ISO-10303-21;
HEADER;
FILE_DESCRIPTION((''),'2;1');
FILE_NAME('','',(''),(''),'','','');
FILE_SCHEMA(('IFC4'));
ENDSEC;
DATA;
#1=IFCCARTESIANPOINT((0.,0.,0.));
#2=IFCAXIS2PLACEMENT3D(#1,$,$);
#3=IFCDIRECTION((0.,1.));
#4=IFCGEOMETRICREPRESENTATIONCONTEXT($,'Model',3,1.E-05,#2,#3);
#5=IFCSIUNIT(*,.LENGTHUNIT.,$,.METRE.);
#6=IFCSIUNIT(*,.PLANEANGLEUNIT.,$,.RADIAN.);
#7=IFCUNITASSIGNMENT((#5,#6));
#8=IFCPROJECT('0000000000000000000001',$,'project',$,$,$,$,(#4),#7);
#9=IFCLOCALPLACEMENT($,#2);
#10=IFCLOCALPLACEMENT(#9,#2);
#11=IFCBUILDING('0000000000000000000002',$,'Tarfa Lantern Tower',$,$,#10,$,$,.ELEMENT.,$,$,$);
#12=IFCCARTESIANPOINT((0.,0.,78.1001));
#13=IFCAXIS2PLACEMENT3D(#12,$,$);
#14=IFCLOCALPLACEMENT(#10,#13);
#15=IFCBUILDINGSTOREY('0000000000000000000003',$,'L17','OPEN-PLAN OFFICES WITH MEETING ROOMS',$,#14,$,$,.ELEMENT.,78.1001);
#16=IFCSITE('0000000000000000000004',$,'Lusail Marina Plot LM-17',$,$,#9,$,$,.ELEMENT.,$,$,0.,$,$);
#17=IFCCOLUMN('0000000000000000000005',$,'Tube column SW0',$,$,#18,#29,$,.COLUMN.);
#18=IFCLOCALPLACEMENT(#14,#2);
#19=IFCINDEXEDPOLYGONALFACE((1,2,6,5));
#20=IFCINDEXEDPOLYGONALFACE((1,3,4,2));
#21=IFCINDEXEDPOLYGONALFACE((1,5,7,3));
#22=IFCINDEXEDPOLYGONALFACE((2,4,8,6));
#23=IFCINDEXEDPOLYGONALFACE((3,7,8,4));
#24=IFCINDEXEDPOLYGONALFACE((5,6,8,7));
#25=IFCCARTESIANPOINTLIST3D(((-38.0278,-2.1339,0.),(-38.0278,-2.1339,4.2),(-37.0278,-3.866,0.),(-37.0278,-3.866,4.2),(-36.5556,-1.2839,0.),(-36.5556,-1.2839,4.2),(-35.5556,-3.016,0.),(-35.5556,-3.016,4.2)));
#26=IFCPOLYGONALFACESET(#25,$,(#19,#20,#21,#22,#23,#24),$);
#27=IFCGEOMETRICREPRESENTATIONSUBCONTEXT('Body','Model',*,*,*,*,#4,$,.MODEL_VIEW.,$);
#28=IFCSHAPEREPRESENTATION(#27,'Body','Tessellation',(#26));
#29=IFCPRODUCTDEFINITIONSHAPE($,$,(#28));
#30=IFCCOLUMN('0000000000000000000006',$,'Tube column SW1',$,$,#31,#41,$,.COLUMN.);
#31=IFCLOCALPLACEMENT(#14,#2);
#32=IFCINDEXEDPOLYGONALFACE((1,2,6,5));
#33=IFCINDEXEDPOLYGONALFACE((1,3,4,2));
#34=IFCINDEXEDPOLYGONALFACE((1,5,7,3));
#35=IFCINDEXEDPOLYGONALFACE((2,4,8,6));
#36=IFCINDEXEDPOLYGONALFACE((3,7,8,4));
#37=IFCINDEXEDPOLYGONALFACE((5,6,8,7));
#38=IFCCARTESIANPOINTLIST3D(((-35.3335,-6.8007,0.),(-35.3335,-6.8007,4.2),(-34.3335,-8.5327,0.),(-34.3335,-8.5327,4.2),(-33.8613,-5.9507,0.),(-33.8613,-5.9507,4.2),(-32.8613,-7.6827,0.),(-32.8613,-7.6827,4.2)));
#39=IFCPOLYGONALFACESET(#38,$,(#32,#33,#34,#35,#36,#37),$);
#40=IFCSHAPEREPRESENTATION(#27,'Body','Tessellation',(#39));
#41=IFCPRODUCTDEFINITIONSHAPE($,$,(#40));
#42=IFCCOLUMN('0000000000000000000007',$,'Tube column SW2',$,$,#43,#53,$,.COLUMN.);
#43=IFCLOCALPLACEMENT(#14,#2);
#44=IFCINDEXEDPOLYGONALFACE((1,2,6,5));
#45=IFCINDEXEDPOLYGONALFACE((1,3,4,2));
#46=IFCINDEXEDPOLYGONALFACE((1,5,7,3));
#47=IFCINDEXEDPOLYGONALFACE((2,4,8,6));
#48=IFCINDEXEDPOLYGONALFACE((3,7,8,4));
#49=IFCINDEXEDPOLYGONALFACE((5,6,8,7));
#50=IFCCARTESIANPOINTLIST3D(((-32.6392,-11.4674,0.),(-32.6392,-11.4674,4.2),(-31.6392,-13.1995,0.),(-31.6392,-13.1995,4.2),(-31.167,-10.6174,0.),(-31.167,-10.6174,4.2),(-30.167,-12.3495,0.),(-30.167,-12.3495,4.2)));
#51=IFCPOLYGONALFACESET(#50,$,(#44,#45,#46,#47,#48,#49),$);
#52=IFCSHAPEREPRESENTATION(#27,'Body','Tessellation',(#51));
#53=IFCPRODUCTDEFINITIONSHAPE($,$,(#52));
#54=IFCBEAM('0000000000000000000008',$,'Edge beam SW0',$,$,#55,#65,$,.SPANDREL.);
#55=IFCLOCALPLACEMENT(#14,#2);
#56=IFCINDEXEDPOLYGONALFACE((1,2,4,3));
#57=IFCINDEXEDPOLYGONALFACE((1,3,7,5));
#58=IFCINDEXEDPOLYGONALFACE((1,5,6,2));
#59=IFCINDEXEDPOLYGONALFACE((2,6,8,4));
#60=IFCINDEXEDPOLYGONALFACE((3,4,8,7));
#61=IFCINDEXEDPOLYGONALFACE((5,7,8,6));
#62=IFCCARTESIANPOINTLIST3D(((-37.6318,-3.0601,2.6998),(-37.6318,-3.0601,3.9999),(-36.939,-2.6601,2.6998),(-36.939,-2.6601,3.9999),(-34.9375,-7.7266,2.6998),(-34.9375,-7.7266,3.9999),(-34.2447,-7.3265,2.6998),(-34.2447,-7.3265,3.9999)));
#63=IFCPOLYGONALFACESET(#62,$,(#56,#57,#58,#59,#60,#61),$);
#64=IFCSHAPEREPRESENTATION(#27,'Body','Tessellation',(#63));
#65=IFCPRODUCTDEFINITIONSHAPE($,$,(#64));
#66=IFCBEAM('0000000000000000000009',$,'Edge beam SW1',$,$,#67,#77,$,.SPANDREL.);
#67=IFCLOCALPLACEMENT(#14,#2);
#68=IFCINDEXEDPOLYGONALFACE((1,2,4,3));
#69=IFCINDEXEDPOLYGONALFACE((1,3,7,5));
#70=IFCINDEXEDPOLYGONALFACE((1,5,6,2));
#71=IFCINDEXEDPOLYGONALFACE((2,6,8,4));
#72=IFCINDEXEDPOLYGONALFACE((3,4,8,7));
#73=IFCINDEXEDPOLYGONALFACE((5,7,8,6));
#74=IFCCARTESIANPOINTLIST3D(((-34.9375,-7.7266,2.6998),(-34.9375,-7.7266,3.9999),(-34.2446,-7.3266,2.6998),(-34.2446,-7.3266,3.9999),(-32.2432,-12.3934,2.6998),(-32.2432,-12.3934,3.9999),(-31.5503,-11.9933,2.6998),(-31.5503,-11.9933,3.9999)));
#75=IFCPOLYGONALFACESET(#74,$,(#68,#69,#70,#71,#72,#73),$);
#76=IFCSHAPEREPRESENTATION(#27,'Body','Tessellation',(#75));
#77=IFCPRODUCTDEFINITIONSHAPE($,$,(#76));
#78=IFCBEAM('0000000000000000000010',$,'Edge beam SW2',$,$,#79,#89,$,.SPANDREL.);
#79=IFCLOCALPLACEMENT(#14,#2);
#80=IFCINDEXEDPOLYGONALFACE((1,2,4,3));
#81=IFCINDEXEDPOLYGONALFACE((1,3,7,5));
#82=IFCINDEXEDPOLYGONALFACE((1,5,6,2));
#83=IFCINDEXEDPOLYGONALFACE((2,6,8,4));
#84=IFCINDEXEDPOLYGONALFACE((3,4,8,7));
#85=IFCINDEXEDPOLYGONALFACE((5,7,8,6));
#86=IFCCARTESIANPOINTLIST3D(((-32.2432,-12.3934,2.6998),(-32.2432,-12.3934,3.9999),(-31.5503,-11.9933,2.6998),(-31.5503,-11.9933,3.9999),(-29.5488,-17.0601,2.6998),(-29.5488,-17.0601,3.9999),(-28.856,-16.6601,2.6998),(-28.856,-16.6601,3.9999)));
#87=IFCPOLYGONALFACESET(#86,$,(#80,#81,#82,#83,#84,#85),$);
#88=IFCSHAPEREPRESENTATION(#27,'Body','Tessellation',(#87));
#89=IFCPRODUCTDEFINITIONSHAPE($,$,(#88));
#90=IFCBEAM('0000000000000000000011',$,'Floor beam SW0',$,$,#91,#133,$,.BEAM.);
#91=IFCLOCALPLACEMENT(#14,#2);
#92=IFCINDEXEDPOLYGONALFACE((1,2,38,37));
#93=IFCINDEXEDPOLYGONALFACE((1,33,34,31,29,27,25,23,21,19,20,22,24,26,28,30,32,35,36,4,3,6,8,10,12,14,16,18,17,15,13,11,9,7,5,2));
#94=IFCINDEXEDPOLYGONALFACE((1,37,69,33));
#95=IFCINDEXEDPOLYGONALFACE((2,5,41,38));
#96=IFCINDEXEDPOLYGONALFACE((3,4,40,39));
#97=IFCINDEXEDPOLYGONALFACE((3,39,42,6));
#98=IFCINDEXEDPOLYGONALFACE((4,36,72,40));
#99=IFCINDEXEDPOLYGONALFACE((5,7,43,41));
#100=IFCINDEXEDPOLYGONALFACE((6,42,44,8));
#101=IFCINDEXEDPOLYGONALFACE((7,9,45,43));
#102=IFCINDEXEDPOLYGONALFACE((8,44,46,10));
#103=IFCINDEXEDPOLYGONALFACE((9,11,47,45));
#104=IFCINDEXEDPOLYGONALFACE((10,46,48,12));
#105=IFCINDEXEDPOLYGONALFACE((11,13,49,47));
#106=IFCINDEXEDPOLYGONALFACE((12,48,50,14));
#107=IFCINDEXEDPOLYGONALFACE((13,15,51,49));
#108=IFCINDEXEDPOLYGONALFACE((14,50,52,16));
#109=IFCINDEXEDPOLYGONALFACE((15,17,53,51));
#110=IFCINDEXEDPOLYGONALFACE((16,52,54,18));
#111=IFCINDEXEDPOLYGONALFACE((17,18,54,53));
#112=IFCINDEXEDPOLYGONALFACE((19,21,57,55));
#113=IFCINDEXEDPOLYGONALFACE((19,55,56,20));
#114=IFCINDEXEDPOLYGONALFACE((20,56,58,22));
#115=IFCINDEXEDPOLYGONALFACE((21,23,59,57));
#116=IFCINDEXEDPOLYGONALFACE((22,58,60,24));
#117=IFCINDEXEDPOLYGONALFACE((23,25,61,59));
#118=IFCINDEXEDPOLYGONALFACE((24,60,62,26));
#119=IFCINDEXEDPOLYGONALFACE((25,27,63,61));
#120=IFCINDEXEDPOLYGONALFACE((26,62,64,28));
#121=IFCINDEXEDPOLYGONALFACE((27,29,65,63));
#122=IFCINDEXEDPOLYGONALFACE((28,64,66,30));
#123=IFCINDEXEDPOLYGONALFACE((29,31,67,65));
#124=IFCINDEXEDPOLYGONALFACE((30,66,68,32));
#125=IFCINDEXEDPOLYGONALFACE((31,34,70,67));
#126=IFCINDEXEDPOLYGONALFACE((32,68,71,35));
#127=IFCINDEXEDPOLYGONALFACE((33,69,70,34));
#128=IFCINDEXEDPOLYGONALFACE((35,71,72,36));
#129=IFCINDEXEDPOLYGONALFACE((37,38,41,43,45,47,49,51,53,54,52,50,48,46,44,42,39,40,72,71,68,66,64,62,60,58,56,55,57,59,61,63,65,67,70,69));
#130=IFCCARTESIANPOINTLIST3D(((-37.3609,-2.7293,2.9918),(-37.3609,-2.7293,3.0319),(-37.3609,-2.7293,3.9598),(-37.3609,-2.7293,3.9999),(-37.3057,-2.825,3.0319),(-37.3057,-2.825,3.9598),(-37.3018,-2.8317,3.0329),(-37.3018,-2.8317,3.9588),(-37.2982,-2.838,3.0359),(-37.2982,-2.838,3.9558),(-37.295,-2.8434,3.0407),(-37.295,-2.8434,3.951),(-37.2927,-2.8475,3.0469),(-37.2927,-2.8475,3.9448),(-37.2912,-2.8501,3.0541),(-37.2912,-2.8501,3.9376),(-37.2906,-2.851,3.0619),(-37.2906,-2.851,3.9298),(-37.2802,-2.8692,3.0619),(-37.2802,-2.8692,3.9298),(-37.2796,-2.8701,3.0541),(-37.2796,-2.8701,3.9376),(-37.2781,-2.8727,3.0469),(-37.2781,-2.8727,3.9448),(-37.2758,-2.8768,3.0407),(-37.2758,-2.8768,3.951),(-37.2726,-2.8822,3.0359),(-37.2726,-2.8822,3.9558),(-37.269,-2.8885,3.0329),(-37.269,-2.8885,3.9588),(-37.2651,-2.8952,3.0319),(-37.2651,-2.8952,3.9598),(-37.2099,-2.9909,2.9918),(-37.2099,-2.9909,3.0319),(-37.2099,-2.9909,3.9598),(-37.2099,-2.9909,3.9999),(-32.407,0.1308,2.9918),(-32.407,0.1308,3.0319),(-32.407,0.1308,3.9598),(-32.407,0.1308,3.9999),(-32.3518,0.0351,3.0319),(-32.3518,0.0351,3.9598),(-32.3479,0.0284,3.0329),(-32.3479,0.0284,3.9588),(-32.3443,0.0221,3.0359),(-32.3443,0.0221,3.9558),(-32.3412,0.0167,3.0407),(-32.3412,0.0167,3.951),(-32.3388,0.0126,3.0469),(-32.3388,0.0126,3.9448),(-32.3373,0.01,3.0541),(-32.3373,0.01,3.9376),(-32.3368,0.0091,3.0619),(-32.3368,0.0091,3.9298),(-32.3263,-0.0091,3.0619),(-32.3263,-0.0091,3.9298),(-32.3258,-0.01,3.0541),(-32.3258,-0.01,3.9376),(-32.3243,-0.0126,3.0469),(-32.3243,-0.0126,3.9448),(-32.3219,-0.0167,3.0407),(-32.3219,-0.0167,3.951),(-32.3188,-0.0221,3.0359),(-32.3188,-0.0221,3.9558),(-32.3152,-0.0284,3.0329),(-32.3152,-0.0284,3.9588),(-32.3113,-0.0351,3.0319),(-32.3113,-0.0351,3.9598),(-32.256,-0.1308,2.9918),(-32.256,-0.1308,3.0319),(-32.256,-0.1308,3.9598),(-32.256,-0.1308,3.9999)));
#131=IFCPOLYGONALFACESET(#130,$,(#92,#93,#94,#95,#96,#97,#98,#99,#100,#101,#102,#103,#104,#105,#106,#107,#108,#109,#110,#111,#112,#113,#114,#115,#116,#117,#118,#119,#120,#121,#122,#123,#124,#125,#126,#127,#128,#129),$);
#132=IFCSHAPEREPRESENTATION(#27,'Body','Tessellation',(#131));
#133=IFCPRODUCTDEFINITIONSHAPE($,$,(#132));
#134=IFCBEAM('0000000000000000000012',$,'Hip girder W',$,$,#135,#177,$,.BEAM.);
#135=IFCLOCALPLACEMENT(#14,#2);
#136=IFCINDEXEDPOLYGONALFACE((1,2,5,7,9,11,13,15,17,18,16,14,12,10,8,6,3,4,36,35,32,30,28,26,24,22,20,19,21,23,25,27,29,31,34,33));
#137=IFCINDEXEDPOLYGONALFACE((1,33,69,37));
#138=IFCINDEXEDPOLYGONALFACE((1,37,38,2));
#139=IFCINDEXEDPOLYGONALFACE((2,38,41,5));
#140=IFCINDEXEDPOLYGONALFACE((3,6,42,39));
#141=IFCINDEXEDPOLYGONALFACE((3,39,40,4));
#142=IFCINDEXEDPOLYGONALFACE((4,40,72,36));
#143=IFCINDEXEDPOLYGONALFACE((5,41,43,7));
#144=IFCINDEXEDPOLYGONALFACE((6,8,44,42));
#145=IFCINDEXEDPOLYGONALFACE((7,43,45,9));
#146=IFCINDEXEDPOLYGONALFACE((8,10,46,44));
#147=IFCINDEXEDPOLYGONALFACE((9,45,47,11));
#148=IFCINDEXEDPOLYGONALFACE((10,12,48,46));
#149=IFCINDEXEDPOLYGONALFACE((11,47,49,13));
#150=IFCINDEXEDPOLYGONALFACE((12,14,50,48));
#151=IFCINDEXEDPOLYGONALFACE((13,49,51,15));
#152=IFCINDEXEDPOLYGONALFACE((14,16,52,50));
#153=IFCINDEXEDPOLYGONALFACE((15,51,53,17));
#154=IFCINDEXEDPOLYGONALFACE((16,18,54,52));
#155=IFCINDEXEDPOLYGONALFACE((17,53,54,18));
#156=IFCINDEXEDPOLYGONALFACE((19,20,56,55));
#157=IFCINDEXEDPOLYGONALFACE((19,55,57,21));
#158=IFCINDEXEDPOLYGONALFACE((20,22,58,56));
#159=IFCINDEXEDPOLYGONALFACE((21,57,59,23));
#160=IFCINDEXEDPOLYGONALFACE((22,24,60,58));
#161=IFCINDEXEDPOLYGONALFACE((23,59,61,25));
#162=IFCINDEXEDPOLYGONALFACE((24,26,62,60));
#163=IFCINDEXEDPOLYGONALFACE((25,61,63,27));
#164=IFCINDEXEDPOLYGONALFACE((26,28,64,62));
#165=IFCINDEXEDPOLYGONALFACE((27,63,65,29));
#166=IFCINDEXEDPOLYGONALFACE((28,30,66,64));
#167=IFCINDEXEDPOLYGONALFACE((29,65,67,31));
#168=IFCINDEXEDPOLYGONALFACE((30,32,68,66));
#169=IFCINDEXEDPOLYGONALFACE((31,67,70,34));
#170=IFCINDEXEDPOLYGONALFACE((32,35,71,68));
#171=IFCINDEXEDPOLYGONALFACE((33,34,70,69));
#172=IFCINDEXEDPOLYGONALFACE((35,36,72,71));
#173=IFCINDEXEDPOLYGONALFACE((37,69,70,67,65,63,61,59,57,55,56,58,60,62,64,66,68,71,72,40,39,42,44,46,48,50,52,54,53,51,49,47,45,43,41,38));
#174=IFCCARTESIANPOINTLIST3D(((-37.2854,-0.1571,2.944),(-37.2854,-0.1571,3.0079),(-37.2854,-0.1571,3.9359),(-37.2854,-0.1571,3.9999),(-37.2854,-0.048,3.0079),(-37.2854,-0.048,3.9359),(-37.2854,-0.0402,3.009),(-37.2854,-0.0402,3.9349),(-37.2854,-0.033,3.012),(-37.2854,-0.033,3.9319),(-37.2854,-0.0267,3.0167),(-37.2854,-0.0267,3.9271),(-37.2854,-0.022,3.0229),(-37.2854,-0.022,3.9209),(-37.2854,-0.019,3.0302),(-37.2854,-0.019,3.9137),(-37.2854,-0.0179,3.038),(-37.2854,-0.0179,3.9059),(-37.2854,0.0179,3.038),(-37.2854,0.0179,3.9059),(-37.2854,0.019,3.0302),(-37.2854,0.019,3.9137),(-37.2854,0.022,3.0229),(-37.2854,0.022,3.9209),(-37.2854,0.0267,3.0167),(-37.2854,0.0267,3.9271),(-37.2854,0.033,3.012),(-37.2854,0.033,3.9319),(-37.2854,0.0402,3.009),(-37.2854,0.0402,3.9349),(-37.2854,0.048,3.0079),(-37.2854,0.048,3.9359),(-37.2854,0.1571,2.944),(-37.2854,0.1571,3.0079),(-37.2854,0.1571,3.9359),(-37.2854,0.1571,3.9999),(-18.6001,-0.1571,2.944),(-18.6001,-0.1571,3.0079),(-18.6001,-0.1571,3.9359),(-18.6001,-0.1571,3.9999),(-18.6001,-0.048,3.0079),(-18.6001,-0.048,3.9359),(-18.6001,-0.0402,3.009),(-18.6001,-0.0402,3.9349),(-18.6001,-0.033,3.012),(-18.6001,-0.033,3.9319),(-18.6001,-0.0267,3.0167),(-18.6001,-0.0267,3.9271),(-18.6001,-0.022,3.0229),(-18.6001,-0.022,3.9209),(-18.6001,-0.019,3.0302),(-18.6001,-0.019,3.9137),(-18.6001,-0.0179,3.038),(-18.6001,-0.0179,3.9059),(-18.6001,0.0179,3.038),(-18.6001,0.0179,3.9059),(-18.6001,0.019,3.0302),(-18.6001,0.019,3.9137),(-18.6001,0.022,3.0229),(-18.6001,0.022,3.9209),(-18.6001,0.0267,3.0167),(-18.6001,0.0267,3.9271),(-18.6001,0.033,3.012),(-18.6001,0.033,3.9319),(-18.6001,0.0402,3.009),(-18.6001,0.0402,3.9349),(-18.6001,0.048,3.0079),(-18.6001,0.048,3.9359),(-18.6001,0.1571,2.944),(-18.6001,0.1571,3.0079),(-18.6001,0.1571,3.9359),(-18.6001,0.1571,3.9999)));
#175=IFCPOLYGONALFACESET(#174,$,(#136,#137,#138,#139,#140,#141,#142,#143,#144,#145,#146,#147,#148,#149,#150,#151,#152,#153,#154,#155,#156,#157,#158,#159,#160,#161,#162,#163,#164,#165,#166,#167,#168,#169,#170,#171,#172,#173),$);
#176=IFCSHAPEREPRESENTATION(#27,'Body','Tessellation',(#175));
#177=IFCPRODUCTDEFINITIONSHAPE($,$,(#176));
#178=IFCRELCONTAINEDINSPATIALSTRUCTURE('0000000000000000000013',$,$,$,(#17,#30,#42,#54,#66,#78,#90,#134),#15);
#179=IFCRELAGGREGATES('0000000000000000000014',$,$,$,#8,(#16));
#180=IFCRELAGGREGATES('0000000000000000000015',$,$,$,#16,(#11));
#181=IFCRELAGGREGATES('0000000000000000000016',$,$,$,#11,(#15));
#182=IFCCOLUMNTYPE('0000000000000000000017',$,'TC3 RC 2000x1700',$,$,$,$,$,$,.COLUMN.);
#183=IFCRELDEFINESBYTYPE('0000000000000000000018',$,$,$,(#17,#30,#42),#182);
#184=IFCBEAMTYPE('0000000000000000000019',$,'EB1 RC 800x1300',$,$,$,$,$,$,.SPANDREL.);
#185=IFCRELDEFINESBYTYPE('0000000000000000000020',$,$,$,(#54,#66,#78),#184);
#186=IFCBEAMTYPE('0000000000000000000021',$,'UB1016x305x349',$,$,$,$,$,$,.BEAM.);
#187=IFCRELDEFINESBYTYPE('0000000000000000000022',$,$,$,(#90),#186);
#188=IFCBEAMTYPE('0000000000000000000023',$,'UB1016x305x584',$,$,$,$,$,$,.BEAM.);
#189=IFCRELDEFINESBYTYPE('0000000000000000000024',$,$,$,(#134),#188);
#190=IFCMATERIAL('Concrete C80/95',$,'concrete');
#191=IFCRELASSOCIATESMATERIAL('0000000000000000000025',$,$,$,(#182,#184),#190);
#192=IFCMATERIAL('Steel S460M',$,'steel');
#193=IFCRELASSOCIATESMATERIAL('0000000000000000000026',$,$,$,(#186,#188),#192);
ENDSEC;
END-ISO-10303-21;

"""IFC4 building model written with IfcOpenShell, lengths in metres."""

from ifc_helpers import new_model, si_unit, direction, frame, origin, origin_2d, place, context, subcontext, project, spatial, rectangle, i_section, extrude, material, material_profile, profile_set, type_object, element, save


model = new_model("IFC4")

# Units and contexts
model_context = context("Model", 3, precision=1e-05, world=origin(), true_north=direction((0.0, 1.0)))
body_context = subcontext(model_context, "Body", "Model", "MODEL_VIEW")
ifc_project = project(units=[si_unit("LENGTHUNIT", "METRE"), si_unit("PLANEANGLEUNIT", "RADIAN")], contexts=[model_context])

# Site, building, storey
site_placement = place(None, origin())
site = spatial("IfcSite", under=ifc_project, at=site_placement, Name="Lusail Marina Plot LM-17", CompositionType="ELEMENT", RefElevation=0.0)
building_placement = place(site_placement, origin())
building = spatial("IfcBuilding", under=site, at=building_placement, Name="Tarfa Lantern Tower", CompositionType="ELEMENT")
storey_placement = place(building_placement, frame((0.0, 0.0, 78.1001)))
storey = spatial("IfcBuildingStorey", under=building, at=storey_placement, Name="L17", Description="OPEN-PLAN OFFICES WITH MEETING ROOMS", CompositionType="ELEMENT", Elevation=78.1001)

# Columns
ifc_material_1 = material(Name="Concrete C80/95", Category="concrete")
ifc_material_profile_1 = material_profile(ifc_material_1, rectangle(XDim=2.0, YDim=1.7, at=origin_2d()), Name="RC 2000x1700")
ifc_profile_set_1 = profile_set([ifc_material_profile_1], Name="Concrete C80/95")
column_type = type_object("IfcColumnType", Name="TC3 RC 2000x1700", PredefinedType="COLUMN", material=ifc_profile_set_1)
for number, where, z_axis, x_axis, name in (
    (1, (-36.7917, -2.575, 0.0), (0.0, 0.0, 1.0), (0.5, -0.866025, 0.0), "Tube column SW0"),
    (2, (-34.0974, -7.2417, 0.0), (0.0, 0.0, 1.0), (0.5, -0.866025, 0.0), "Tube column SW1"),
    (3, (-31.4031, -11.9084, 0.0), (0.0, 0.0, 1.0), (0.5, -0.866025, 0.0), "Tube column SW2"),
):
    element("IfcColumn", number, at=place(storey_placement, frame(where, z_axis=z_axis, x_axis=x_axis)), inside=storey, type_object=column_type, Name=name, PredefinedType="COLUMN", context=body_context, shape_type="SweptSolid", body=[
        extrude(rectangle(XDim=2.0, YDim=1.7, at=origin_2d()), origin(), (0.0, 0.0, 1.0), 4.2),
    ])

# Beams
ifc_material_profile_2 = material_profile(ifc_material_1, rectangle(XDim=0.8, YDim=1.3, at=origin_2d()), Name="RC 800x1300")
ifc_profile_set_2 = profile_set([ifc_material_profile_2], Name="Concrete C80/95")
beam_type_1 = type_object("IfcBeamType", Name="EB1 RC 800x1300", PredefinedType="SPANDREL", material=ifc_profile_set_2)
beam_1_placement = place(storey_placement, frame((-37.2854, -2.8601, 3.3499), z_axis=(0.500018, -0.866015, 0.0), x_axis=(0.866015, 0.500018, 0.0)))
element("IfcBeam", 4, at=beam_1_placement, inside=storey, type_object=beam_type_1, Name="Edge beam SW0", PredefinedType="SPANDREL", context=body_context, shape_type="SweptSolid", body=[
    extrude(rectangle(XDim=0.8, YDim=1.3, at=origin_2d()), origin(), (0.0, 0.0, 1.0), 5.3884),
])
for number, where, z_axis, x_axis, name in (
    (5, (-34.5911, -7.5266, 3.3499), (0.499998, -0.866026, 0.0), (0.866026, 0.499998, 0.0), "Edge beam SW1"),
    (6, (-31.8967, -12.1934, 3.3499), (0.499998, -0.866026, 0.0), (0.866026, 0.499998, 0.0), "Edge beam SW2"),
):
    element("IfcBeam", number, at=place(storey_placement, frame(where, z_axis=z_axis, x_axis=x_axis)), inside=storey, type_object=beam_type_1, Name=name, PredefinedType="SPANDREL", context=body_context, shape_type="SweptSolid", body=[
        extrude(rectangle(XDim=0.8, YDim=1.3, at=origin_2d()), origin(), (0.0, 0.0, 1.0), 5.3887),
    ])
ifc_material_2 = material(Name="Steel S460M", Category="steel")
ifc_material_profile_3 = material_profile(ifc_material_2, i_section(OverallWidth=0.302, OverallDepth=1.0081, WebThickness=0.021, FlangeThickness=0.04, FilletRadius=0.03, at=origin_2d()), Name="UB1016x305x349")
ifc_profile_set_3 = profile_set([ifc_material_profile_3], Name="Steel S460M")
beam_type_2 = type_object("IfcBeamType", Name="UB1016x305x349", PredefinedType="BEAM", material=ifc_profile_set_3)
beam_2_placement = place(storey_placement, frame((-37.2854, -2.8601, 3.4958), z_axis=(0.866026, 0.5, 0.0), x_axis=(-0.5, 0.866026, 0.0)))
element("IfcBeam", 7, at=beam_2_placement, inside=storey, type_object=beam_type_2, Name="Floor beam SW0", PredefinedType="BEAM", context=body_context, shape_type="SweptSolid", body=[
    extrude(i_section(OverallWidth=0.302, OverallDepth=1.0081, WebThickness=0.021, FlangeThickness=0.04, FilletRadius=0.03, at=origin_2d()), origin(), (0.0, 0.0, 1.0), 5.7202),
])
ifc_material_profile_4 = material_profile(ifc_material_2, i_section(OverallWidth=0.3142, OverallDepth=1.0559, WebThickness=0.0359, FlangeThickness=0.064, FilletRadius=0.03, at=origin_2d()), Name="UB1016x305x584")
ifc_profile_set_4 = profile_set([ifc_material_profile_4], Name="Steel S460M")
beam_type_3 = type_object("IfcBeamType", Name="UB1016x305x584", PredefinedType="BEAM", material=ifc_profile_set_4)
beam_3_placement = place(storey_placement, frame((-18.6001, 0.0, 3.4719), z_axis=(-1.0, 0.0, 0.0), x_axis=(0.0, -1.0, 0.0)))
element("IfcBeam", 8, at=beam_3_placement, inside=storey, type_object=beam_type_3, Name="Hip girder W", PredefinedType="BEAM", context=body_context, shape_type="SweptSolid", body=[
    extrude(i_section(OverallWidth=0.3142, OverallDepth=1.0559, WebThickness=0.0359, FlangeThickness=0.064, FilletRadius=0.03, at=origin_2d()), origin(), (0.0, 0.0, 1.0), 18.6853),
])

save(model, "model.ifc")
